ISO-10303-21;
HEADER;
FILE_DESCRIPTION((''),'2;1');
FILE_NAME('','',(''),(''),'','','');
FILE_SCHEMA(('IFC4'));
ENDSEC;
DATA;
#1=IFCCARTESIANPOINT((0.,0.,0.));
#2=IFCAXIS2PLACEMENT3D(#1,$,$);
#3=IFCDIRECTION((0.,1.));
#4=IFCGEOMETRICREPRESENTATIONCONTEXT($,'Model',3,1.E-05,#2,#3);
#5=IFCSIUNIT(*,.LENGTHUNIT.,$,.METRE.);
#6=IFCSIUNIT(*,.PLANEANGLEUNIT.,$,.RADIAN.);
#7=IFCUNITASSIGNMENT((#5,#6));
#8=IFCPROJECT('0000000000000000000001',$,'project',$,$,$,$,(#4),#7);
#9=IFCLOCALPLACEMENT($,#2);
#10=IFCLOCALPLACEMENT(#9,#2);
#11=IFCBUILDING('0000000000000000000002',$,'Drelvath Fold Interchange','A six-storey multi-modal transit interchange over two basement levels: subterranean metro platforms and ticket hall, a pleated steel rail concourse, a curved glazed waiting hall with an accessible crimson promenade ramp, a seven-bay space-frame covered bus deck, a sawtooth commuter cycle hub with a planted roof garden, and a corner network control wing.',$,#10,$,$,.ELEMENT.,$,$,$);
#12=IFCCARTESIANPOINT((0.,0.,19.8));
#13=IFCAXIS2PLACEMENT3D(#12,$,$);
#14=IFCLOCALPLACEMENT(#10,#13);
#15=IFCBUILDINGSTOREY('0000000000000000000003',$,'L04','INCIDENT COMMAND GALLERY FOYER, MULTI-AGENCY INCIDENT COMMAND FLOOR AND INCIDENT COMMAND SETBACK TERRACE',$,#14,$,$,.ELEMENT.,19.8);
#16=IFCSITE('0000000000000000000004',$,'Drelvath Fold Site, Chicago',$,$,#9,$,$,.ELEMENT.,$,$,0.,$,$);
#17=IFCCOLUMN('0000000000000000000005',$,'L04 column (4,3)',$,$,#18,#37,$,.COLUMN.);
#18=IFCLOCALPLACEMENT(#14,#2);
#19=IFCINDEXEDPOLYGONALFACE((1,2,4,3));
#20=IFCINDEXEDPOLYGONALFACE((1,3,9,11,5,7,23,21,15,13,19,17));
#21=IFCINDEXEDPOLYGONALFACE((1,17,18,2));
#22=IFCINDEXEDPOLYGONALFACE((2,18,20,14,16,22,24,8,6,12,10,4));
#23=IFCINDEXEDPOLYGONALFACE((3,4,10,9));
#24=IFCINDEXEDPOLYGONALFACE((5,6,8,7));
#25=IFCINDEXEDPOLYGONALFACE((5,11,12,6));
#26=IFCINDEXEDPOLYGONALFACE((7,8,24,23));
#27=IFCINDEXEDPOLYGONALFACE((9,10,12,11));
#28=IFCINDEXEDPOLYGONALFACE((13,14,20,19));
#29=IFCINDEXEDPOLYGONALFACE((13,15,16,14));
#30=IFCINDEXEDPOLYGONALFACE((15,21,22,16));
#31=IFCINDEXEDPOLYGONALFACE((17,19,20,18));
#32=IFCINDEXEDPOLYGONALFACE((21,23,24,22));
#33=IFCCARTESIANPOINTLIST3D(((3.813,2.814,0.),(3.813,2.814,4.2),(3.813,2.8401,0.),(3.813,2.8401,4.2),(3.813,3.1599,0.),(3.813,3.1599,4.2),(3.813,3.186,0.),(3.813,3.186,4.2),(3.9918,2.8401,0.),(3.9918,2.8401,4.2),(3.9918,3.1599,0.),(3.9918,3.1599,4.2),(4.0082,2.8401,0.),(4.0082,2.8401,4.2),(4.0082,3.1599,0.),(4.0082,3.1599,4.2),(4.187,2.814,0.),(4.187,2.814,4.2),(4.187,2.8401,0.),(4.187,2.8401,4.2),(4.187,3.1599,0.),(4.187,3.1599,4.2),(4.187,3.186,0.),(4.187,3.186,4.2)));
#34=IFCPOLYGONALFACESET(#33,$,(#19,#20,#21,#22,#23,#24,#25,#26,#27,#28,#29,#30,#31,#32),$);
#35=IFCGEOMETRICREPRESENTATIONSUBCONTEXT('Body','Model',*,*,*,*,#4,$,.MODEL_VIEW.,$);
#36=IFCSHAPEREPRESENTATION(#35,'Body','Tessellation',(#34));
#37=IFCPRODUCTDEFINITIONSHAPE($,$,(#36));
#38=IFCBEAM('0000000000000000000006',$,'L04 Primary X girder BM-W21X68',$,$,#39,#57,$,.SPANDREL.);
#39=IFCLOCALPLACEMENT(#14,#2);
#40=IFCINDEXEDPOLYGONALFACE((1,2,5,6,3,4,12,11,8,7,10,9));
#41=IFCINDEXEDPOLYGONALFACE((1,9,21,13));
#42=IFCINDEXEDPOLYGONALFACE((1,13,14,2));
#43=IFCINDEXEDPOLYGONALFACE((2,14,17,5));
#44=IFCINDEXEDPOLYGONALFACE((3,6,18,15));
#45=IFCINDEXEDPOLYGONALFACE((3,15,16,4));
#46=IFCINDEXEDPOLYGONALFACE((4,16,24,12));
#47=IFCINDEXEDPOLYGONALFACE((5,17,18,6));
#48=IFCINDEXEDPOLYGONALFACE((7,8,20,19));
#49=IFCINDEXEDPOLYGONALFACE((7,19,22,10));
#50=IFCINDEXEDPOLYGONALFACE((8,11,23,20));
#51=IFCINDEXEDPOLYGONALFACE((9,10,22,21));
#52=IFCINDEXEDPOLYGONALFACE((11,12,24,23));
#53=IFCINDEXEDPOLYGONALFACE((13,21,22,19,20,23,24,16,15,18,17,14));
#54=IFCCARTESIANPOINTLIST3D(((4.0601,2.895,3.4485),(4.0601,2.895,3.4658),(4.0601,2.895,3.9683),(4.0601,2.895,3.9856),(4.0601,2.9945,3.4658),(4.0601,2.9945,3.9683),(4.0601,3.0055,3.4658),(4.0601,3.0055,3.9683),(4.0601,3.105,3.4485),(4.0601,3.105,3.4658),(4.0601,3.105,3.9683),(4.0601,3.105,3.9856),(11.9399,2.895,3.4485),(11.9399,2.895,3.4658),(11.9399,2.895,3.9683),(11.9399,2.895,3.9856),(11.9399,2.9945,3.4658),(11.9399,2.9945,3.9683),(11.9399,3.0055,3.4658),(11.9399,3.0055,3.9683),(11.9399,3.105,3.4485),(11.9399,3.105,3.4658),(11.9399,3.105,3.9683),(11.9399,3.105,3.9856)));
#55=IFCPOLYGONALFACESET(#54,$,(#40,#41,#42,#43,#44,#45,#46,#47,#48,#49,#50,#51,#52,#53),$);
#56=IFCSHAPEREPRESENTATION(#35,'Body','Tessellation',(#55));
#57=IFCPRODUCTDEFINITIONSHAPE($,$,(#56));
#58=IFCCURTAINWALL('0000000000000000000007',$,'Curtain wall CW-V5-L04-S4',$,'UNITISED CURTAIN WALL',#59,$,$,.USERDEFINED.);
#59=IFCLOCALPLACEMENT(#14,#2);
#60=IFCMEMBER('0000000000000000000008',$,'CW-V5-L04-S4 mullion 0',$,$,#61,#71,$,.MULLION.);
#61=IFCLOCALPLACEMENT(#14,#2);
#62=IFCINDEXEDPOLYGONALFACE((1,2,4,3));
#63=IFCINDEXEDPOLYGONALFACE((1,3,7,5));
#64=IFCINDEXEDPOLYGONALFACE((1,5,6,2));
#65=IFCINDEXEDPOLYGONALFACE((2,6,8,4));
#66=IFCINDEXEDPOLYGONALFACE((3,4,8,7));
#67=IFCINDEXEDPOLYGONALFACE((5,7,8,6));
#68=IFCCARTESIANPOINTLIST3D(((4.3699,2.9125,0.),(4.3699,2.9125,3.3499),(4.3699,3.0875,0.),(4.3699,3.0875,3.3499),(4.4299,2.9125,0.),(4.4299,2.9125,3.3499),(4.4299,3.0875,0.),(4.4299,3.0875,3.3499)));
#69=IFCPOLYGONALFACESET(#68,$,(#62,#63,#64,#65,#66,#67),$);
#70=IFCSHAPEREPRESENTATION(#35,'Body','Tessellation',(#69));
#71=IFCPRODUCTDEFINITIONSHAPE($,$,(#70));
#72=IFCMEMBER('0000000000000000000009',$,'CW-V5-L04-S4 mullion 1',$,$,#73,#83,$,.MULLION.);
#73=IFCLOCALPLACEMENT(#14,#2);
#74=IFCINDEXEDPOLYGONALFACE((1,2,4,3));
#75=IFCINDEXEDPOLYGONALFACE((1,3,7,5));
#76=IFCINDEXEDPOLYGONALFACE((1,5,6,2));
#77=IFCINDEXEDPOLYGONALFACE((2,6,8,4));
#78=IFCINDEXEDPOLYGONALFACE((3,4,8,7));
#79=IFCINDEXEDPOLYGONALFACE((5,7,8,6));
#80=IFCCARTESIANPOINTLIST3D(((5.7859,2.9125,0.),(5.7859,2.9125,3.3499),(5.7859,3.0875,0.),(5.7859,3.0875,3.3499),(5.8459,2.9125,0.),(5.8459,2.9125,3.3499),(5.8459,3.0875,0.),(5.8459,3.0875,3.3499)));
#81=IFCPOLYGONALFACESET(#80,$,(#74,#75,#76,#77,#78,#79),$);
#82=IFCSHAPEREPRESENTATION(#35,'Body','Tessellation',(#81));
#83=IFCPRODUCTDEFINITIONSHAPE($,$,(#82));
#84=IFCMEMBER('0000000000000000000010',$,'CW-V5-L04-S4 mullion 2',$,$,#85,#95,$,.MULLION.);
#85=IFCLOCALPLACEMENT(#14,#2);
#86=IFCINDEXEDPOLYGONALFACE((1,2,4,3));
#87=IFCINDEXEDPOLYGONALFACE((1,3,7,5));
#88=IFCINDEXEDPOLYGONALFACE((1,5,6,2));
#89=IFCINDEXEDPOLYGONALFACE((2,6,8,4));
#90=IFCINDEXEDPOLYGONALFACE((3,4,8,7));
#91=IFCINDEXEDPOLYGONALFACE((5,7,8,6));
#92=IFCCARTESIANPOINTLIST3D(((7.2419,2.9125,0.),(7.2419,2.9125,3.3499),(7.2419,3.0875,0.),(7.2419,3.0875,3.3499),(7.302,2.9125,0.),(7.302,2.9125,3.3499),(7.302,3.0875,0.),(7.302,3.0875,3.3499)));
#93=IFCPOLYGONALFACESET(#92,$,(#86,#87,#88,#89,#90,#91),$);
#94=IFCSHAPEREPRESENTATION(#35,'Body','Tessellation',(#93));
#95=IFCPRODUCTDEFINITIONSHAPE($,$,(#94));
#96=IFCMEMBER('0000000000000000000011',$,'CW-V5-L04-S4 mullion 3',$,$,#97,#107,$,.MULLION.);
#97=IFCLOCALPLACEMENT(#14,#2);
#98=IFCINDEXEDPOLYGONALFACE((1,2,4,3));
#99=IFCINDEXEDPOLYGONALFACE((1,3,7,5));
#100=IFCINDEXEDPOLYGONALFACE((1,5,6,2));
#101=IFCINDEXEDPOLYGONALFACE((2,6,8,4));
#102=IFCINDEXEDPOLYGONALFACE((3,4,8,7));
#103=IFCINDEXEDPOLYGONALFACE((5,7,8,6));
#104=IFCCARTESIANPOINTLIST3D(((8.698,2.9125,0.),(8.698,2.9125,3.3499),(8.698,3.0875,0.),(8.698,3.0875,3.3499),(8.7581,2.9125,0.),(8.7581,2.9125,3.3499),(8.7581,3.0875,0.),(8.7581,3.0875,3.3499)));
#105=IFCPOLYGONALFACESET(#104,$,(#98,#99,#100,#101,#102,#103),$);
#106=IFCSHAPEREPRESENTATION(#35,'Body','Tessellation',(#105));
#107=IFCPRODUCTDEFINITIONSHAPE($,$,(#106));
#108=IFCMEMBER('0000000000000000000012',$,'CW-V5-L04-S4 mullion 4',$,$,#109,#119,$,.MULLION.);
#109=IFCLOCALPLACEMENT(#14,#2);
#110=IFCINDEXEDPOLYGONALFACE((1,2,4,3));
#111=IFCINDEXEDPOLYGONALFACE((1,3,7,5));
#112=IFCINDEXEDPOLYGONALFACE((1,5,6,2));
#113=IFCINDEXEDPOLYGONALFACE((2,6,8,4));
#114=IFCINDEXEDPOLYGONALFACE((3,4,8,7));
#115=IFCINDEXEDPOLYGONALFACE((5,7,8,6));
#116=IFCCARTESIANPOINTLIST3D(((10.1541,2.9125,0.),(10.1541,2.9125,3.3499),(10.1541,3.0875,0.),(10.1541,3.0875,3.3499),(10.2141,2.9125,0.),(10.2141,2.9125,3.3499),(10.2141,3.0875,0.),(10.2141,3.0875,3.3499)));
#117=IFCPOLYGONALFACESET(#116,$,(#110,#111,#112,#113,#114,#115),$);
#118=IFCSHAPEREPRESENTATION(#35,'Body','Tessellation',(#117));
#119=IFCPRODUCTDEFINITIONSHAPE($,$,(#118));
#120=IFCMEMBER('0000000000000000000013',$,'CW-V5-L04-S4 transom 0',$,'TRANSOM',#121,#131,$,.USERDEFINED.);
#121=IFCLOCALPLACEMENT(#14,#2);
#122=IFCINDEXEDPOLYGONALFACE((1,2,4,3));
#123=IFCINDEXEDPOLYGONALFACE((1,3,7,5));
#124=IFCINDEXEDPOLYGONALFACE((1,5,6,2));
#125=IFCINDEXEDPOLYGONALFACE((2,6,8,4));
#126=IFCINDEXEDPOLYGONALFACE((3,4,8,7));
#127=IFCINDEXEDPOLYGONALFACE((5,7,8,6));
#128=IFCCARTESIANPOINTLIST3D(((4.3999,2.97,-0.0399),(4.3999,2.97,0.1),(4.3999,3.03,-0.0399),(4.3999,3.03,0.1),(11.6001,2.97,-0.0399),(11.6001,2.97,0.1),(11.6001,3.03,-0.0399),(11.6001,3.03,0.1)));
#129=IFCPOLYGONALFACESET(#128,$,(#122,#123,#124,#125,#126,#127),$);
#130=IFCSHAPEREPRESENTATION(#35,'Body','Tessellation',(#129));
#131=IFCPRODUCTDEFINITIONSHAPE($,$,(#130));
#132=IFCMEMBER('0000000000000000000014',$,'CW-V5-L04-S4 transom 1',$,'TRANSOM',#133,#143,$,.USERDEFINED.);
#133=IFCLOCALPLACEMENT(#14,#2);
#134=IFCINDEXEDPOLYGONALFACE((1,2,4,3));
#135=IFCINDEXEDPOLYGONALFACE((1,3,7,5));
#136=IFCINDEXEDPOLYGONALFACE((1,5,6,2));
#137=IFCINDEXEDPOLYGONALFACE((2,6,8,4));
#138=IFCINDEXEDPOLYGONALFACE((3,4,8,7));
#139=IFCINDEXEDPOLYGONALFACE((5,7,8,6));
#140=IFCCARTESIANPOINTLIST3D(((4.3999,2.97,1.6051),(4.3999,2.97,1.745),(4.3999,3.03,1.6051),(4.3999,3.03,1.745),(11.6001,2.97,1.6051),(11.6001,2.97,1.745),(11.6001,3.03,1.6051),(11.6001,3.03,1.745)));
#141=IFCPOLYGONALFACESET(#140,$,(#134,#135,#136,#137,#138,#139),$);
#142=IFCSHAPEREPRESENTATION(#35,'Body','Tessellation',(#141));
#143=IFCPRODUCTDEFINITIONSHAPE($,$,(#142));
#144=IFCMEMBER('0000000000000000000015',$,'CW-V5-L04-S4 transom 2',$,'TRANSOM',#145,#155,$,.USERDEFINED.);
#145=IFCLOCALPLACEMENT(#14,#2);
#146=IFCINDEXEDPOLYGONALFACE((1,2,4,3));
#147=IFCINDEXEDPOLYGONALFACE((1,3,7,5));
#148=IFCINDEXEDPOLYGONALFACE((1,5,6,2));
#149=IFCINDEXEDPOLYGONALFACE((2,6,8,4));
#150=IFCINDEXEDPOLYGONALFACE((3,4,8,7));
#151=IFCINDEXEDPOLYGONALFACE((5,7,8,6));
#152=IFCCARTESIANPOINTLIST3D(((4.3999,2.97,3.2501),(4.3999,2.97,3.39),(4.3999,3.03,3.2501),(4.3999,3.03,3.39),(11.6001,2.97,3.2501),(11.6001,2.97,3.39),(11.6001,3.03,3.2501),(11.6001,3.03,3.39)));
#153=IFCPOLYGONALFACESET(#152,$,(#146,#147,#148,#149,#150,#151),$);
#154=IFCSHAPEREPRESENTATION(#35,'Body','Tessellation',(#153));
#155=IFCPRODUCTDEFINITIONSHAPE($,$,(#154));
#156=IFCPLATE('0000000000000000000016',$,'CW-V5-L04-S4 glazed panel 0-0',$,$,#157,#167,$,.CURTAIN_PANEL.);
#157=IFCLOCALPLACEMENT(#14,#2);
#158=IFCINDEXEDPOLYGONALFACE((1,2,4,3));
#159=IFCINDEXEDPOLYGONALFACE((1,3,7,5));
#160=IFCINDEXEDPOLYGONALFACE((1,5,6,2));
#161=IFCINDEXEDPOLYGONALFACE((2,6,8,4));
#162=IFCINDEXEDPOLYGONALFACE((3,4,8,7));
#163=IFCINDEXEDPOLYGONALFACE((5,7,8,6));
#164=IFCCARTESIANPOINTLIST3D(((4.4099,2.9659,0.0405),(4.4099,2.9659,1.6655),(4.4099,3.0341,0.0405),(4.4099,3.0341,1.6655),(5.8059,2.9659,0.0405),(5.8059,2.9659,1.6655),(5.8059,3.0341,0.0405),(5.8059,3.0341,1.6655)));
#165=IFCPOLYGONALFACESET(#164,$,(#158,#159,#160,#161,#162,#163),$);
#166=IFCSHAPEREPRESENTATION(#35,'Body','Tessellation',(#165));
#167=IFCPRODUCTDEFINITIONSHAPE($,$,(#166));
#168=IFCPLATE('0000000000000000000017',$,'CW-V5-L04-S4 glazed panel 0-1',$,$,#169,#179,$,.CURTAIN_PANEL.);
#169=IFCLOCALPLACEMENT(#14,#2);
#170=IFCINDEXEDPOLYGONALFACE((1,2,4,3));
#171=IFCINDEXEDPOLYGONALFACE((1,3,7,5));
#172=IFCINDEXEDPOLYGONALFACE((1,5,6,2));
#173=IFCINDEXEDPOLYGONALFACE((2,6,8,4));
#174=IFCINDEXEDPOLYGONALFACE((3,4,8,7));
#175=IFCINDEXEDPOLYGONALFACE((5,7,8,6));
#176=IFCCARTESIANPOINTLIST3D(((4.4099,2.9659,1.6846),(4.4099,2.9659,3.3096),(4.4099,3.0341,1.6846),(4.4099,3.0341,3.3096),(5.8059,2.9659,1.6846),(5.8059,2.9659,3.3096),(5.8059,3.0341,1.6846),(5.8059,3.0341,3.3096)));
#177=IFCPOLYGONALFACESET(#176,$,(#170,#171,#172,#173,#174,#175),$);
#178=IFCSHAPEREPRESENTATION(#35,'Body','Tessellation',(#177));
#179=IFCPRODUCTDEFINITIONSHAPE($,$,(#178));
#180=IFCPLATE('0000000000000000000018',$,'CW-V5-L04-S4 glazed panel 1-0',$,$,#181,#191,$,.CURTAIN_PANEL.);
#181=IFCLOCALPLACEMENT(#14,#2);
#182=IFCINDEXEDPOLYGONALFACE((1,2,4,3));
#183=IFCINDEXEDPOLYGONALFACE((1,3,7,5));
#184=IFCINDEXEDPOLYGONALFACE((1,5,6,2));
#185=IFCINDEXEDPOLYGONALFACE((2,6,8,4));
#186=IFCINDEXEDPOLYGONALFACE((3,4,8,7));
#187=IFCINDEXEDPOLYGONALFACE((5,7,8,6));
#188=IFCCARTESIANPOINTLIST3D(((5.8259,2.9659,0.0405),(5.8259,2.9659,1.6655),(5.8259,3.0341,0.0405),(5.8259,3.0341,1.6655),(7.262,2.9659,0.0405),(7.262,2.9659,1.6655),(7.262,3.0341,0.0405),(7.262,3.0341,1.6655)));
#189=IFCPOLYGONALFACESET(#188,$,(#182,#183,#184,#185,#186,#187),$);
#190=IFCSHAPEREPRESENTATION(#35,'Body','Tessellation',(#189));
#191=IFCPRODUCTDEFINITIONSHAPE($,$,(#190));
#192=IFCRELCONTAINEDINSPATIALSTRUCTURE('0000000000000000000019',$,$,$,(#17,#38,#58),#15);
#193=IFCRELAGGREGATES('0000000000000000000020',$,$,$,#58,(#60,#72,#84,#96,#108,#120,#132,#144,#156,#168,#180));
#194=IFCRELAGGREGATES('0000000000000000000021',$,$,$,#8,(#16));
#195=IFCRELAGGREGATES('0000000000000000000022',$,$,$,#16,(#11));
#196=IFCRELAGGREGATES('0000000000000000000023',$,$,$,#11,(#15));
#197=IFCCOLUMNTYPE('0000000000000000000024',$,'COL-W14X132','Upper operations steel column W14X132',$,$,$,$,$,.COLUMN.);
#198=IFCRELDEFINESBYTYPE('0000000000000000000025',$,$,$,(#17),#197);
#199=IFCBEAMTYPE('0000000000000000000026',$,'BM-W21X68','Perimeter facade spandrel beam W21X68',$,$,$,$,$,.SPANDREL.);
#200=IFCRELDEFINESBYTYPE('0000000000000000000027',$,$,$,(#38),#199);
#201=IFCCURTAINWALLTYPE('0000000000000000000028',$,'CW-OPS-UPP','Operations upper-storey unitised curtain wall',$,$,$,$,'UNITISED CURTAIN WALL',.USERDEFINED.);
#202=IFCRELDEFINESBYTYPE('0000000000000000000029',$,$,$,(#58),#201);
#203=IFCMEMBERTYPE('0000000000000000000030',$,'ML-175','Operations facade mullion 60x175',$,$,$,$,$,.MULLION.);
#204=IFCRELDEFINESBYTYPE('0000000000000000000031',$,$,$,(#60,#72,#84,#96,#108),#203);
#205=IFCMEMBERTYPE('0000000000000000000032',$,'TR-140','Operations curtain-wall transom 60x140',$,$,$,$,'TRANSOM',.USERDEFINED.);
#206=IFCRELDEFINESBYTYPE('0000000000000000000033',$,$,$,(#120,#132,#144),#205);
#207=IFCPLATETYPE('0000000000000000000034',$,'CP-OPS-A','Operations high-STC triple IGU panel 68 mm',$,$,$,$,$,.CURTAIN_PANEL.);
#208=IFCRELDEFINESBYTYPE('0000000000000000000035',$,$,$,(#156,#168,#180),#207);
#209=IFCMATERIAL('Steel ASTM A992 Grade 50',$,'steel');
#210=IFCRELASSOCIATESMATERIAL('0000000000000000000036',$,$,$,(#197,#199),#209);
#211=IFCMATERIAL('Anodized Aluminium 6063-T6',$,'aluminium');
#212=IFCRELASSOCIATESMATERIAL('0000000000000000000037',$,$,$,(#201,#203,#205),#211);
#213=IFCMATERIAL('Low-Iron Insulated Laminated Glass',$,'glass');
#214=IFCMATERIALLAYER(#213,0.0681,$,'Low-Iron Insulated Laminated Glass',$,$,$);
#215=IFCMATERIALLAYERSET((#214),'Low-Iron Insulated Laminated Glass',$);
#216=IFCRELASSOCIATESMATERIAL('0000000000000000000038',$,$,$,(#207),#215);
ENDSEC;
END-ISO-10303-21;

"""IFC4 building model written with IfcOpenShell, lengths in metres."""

from ifc_helpers import new_model, si_unit, direction, frame, origin, origin_2d, place, context, subcontext, project, spatial, rectangle, i_section, extrude, material, layer, layer_set, material_profile, profile_set, type_object, element, aggregate, save


model = new_model("IFC4")

# Units and contexts
model_context = context("Model", 3, precision=1e-05, world=origin(), true_north=direction((0.0, 1.0)))
body_context = subcontext(model_context, "Body", "Model", "MODEL_VIEW")
ifc_project = project(units=[si_unit("LENGTHUNIT", "METRE"), si_unit("PLANEANGLEUNIT", "RADIAN")], contexts=[model_context])

# Site, building, storey
site_placement = place(None, origin())
site = spatial("IfcSite", under=ifc_project, at=site_placement, Name="Drelvath Fold Site, Chicago", CompositionType="ELEMENT", RefElevation=0.0)
building_placement = place(site_placement, origin())
building = spatial("IfcBuilding", under=site, at=building_placement, Name="Drelvath Fold Interchange", Description="A six-storey multi-modal transit interchange over two basement levels: subterranean metro platforms and ticket hall, a pleated steel rail concourse, a curved glazed waiting hall with an accessible crimson promenade ramp, a seven-bay space-frame covered bus deck, a sawtooth commuter cycle hub with a planted roof garden, and a corner network control wing.", CompositionType="ELEMENT")
storey_placement = place(building_placement, frame((0.0, 0.0, 19.8)))
storey = spatial("IfcBuildingStorey", under=building, at=storey_placement, Name="L04", Description="INCIDENT COMMAND GALLERY FOYER, MULTI-AGENCY INCIDENT COMMAND FLOOR AND INCIDENT COMMAND SETBACK TERRACE", CompositionType="ELEMENT", Elevation=19.8)

# Column
ifc_material_1 = material(Name="Steel ASTM A992 Grade 50", Category="steel")
ifc_material_profile_1 = material_profile(ifc_material_1, i_section(OverallWidth=0.374, OverallDepth=0.3721, WebThickness=0.0164, FlangeThickness=0.0261, at=origin_2d()), Name="W14X132")
ifc_profile_set_1 = profile_set([ifc_material_profile_1], Name="Steel ASTM A992 Grade 50")
column_type = type_object("IfcColumnType", Name="COL-W14X132", Description="Upper operations steel column W14X132", PredefinedType="COLUMN", material=ifc_profile_set_1)
column_placement = place(storey_placement, frame((4.0, 3.0, 0.0), z_axis=(0.0, 0.0, 1.0), x_axis=(1.0, 0.0, 0.0)))
element("IfcColumn", 1, at=column_placement, inside=storey, type_object=column_type, Name="L04 column (4,3)", PredefinedType="COLUMN", context=body_context, shape_type="SweptSolid", body=[
    extrude(i_section(OverallWidth=0.374, OverallDepth=0.3721, WebThickness=0.0164, FlangeThickness=0.0261, at=origin_2d()), origin(), (0.0, 0.0, 1.0), 4.2),
])

# Beam
ifc_material_profile_2 = material_profile(ifc_material_1, i_section(OverallWidth=0.21, OverallDepth=0.5371, WebThickness=0.011, FlangeThickness=0.0173, at=origin_2d()), Name="W21X68")
ifc_profile_set_2 = profile_set([ifc_material_profile_2], Name="Steel ASTM A992 Grade 50")
beam_type = type_object("IfcBeamType", Name="BM-W21X68", Description="Perimeter facade spandrel beam W21X68", PredefinedType="SPANDREL", material=ifc_profile_set_2)
beam_placement = place(storey_placement, frame((4.0601, 3.0, 3.717), z_axis=(1.0, 0.0, 0.0), x_axis=(0.0, 1.0, 0.0)))
element("IfcBeam", 2, at=beam_placement, inside=storey, type_object=beam_type, Name="L04 Primary X girder BM-W21X68", PredefinedType="SPANDREL", context=body_context, shape_type="SweptSolid", body=[
    extrude(i_section(OverallWidth=0.21, OverallDepth=0.5371, WebThickness=0.011, FlangeThickness=0.0173, at=origin_2d()), origin(), (0.0, 0.0, 1.0), 7.8799),
])

# Curtain wall, members, plates
ifc_material_2 = material(Name="Anodized Aluminium 6063-T6", Category="aluminium")
curtain_wall_type = type_object("IfcCurtainWallType", Name="CW-OPS-UPP", Description="Operations upper-storey unitised curtain wall", ElementType="UNITISED CURTAIN WALL", PredefinedType="USERDEFINED", material=ifc_material_2)
curtain_wall_placement = place(storey_placement, origin())
curtain_wall = element("IfcCurtainWall", 3, at=curtain_wall_placement, inside=storey, type_object=curtain_wall_type, Name="Curtain wall CW-V5-L04-S4", ObjectType="UNITISED CURTAIN WALL", PredefinedType="USERDEFINED")
ifc_material_profile_3 = material_profile(ifc_material_2, rectangle(XDim=0.0601, YDim=0.175, at=origin_2d()), Name="AL-M 60x175")
ifc_profile_set_3 = profile_set([ifc_material_profile_3], Name="Anodized Aluminium 6063-T6")
member_type_1 = type_object("IfcMemberType", Name="ML-175", Description="Operations facade mullion 60x175", PredefinedType="MULLION", material=ifc_profile_set_3)
member_1_placement = place(storey_placement, frame((4.3999, 3.0, 0.0), z_axis=(0.0, 0.0, 1.0), x_axis=(1.0, 0.0, 0.0)))
member_1 = element("IfcMember", 4, at=member_1_placement, type_object=member_type_1, Name="CW-V5-L04-S4 mullion 0", PredefinedType="MULLION", context=body_context, shape_type="SweptSolid", body=[
    extrude(rectangle(XDim=0.0601, YDim=0.175, at=origin_2d()), origin(), (0.0, 0.0, 1.0), 3.3499),
])
member_2_placement = place(storey_placement, frame((5.8159, 3.0, 0.0), z_axis=(0.0, 0.0, 1.0), x_axis=(1.0, 0.0, 0.0)))
member_2 = element("IfcMember", 5, at=member_2_placement, type_object=member_type_1, Name="CW-V5-L04-S4 mullion 1", PredefinedType="MULLION", context=body_context, shape_type="SweptSolid", body=[
    extrude(rectangle(XDim=0.0601, YDim=0.175, at=origin_2d()), origin(), (0.0, 0.0, 1.0), 3.3499),
])
member_3_placement = place(storey_placement, frame((7.272, 3.0, 0.0), z_axis=(0.0, 0.0, 1.0), x_axis=(1.0, 0.0, 0.0)))
member_3 = element("IfcMember", 6, at=member_3_placement, type_object=member_type_1, Name="CW-V5-L04-S4 mullion 2", PredefinedType="MULLION", context=body_context, shape_type="SweptSolid", body=[
    extrude(rectangle(XDim=0.0601, YDim=0.175, at=origin_2d()), origin(), (0.0, 0.0, 1.0), 3.3499),
])
member_4_placement = place(storey_placement, frame((8.728, 3.0, 0.0), z_axis=(0.0, 0.0, 1.0), x_axis=(1.0, 0.0, 0.0)))
member_4 = element("IfcMember", 7, at=member_4_placement, type_object=member_type_1, Name="CW-V5-L04-S4 mullion 3", PredefinedType="MULLION", context=body_context, shape_type="SweptSolid", body=[
    extrude(rectangle(XDim=0.0601, YDim=0.175, at=origin_2d()), origin(), (0.0, 0.0, 1.0), 3.3499),
])
member_5_placement = place(storey_placement, frame((10.1841, 3.0, 0.0), z_axis=(0.0, 0.0, 1.0), x_axis=(1.0, 0.0, 0.0)))
member_5 = element("IfcMember", 8, at=member_5_placement, type_object=member_type_1, Name="CW-V5-L04-S4 mullion 4", PredefinedType="MULLION", context=body_context, shape_type="SweptSolid", body=[
    extrude(rectangle(XDim=0.0601, YDim=0.175, at=origin_2d()), origin(), (0.0, 0.0, 1.0), 3.3499),
])
ifc_material_profile_4 = material_profile(ifc_material_2, rectangle(XDim=0.0601, YDim=0.1399, at=origin_2d()), Name="AL-T 60x140")
ifc_profile_set_4 = profile_set([ifc_material_profile_4], Name="Anodized Aluminium 6063-T6")
member_type_2 = type_object("IfcMemberType", Name="TR-140", Description="Operations curtain-wall transom 60x140", ElementType="TRANSOM", PredefinedType="USERDEFINED", material=ifc_profile_set_4)
member_6_placement = place(storey_placement, frame((4.3999, 3.0, 0.03), z_axis=(1.0, 0.0, 0.0), x_axis=(0.0, 1.0, 0.0)))
member_6 = element("IfcMember", 9, at=member_6_placement, type_object=member_type_2, Name="CW-V5-L04-S4 transom 0", ObjectType="TRANSOM", PredefinedType="USERDEFINED", context=body_context, shape_type="SweptSolid", body=[
    extrude(rectangle(XDim=0.0601, YDim=0.1399, at=origin_2d()), origin(), (0.0, 0.0, 1.0), 7.2002),
])
member_7_placement = place(storey_placement, frame((4.3999, 3.0, 1.675), z_axis=(1.0, 0.0, 0.0), x_axis=(0.0, 1.0, 0.0)))
member_7 = element("IfcMember", 10, at=member_7_placement, type_object=member_type_2, Name="CW-V5-L04-S4 transom 1", ObjectType="TRANSOM", PredefinedType="USERDEFINED", context=body_context, shape_type="SweptSolid", body=[
    extrude(rectangle(XDim=0.0601, YDim=0.1399, at=origin_2d()), origin(), (0.0, 0.0, 1.0), 7.2002),
])
member_8_placement = place(storey_placement, frame((4.3999, 3.0, 3.3201), z_axis=(1.0, 0.0, 0.0), x_axis=(0.0, 1.0, 0.0)))
member_8 = element("IfcMember", 11, at=member_8_placement, type_object=member_type_2, Name="CW-V5-L04-S4 transom 2", ObjectType="TRANSOM", PredefinedType="USERDEFINED", context=body_context, shape_type="SweptSolid", body=[
    extrude(rectangle(XDim=0.0601, YDim=0.1399, at=origin_2d()), origin(), (0.0, 0.0, 1.0), 7.2002),
])
ifc_material_3 = material(Name="Low-Iron Insulated Laminated Glass", Category="glass")
ifc_layer_1 = layer(ifc_material_3, 0.0681, Name="Low-Iron Insulated Laminated Glass")
ifc_layer_set_1 = layer_set([ifc_layer_1], Name="Low-Iron Insulated Laminated Glass")
plate_type = type_object("IfcPlateType", Name="CP-OPS-A", Description="Operations high-STC triple IGU panel 68 mm", PredefinedType="CURTAIN_PANEL", material=ifc_layer_set_1)
plate_1_placement = place(storey_placement, frame((5.1079, 3.0, 0.0405), z_axis=(0.0, 0.0, 1.0), x_axis=(1.0, 0.0, 0.0)))
plate_1 = element("IfcPlate", 12, at=plate_1_placement, type_object=plate_type, Name="CW-V5-L04-S4 glazed panel 0-0", PredefinedType="CURTAIN_PANEL", context=body_context, shape_type="SweptSolid", body=[
    extrude(rectangle(XDim=1.396, YDim=0.0681, at=origin_2d()), origin(), (0.0, 0.0, 1.0), 1.625),
])
plate_2_placement = place(storey_placement, frame((5.1079, 3.0, 1.6846), z_axis=(0.0, 0.0, 1.0), x_axis=(1.0, 0.0, 0.0)))
plate_2 = element("IfcPlate", 13, at=plate_2_placement, type_object=plate_type, Name="CW-V5-L04-S4 glazed panel 0-1", PredefinedType="CURTAIN_PANEL", context=body_context, shape_type="SweptSolid", body=[
    extrude(rectangle(XDim=1.396, YDim=0.0681, at=origin_2d()), origin(), (0.0, 0.0, 1.0), 1.625),
])
plate_3_placement = place(storey_placement, frame((6.5439, 3.0, 0.0405), z_axis=(0.0, 0.0, 1.0), x_axis=(1.0, 0.0, 0.0)))
plate_3 = element("IfcPlate", 14, at=plate_3_placement, type_object=plate_type, Name="CW-V5-L04-S4 glazed panel 1-0", PredefinedType="CURTAIN_PANEL", context=body_context, shape_type="SweptSolid", body=[
    extrude(rectangle(XDim=1.436, YDim=0.0681, at=origin_2d()), origin(), (0.0, 0.0, 1.0), 1.625),
])
aggregate(curtain_wall, [member_1, member_2, member_3, member_4, member_5, member_6, member_7, member_8, plate_1, plate_2, plate_3])

save(model, "model.ifc")
